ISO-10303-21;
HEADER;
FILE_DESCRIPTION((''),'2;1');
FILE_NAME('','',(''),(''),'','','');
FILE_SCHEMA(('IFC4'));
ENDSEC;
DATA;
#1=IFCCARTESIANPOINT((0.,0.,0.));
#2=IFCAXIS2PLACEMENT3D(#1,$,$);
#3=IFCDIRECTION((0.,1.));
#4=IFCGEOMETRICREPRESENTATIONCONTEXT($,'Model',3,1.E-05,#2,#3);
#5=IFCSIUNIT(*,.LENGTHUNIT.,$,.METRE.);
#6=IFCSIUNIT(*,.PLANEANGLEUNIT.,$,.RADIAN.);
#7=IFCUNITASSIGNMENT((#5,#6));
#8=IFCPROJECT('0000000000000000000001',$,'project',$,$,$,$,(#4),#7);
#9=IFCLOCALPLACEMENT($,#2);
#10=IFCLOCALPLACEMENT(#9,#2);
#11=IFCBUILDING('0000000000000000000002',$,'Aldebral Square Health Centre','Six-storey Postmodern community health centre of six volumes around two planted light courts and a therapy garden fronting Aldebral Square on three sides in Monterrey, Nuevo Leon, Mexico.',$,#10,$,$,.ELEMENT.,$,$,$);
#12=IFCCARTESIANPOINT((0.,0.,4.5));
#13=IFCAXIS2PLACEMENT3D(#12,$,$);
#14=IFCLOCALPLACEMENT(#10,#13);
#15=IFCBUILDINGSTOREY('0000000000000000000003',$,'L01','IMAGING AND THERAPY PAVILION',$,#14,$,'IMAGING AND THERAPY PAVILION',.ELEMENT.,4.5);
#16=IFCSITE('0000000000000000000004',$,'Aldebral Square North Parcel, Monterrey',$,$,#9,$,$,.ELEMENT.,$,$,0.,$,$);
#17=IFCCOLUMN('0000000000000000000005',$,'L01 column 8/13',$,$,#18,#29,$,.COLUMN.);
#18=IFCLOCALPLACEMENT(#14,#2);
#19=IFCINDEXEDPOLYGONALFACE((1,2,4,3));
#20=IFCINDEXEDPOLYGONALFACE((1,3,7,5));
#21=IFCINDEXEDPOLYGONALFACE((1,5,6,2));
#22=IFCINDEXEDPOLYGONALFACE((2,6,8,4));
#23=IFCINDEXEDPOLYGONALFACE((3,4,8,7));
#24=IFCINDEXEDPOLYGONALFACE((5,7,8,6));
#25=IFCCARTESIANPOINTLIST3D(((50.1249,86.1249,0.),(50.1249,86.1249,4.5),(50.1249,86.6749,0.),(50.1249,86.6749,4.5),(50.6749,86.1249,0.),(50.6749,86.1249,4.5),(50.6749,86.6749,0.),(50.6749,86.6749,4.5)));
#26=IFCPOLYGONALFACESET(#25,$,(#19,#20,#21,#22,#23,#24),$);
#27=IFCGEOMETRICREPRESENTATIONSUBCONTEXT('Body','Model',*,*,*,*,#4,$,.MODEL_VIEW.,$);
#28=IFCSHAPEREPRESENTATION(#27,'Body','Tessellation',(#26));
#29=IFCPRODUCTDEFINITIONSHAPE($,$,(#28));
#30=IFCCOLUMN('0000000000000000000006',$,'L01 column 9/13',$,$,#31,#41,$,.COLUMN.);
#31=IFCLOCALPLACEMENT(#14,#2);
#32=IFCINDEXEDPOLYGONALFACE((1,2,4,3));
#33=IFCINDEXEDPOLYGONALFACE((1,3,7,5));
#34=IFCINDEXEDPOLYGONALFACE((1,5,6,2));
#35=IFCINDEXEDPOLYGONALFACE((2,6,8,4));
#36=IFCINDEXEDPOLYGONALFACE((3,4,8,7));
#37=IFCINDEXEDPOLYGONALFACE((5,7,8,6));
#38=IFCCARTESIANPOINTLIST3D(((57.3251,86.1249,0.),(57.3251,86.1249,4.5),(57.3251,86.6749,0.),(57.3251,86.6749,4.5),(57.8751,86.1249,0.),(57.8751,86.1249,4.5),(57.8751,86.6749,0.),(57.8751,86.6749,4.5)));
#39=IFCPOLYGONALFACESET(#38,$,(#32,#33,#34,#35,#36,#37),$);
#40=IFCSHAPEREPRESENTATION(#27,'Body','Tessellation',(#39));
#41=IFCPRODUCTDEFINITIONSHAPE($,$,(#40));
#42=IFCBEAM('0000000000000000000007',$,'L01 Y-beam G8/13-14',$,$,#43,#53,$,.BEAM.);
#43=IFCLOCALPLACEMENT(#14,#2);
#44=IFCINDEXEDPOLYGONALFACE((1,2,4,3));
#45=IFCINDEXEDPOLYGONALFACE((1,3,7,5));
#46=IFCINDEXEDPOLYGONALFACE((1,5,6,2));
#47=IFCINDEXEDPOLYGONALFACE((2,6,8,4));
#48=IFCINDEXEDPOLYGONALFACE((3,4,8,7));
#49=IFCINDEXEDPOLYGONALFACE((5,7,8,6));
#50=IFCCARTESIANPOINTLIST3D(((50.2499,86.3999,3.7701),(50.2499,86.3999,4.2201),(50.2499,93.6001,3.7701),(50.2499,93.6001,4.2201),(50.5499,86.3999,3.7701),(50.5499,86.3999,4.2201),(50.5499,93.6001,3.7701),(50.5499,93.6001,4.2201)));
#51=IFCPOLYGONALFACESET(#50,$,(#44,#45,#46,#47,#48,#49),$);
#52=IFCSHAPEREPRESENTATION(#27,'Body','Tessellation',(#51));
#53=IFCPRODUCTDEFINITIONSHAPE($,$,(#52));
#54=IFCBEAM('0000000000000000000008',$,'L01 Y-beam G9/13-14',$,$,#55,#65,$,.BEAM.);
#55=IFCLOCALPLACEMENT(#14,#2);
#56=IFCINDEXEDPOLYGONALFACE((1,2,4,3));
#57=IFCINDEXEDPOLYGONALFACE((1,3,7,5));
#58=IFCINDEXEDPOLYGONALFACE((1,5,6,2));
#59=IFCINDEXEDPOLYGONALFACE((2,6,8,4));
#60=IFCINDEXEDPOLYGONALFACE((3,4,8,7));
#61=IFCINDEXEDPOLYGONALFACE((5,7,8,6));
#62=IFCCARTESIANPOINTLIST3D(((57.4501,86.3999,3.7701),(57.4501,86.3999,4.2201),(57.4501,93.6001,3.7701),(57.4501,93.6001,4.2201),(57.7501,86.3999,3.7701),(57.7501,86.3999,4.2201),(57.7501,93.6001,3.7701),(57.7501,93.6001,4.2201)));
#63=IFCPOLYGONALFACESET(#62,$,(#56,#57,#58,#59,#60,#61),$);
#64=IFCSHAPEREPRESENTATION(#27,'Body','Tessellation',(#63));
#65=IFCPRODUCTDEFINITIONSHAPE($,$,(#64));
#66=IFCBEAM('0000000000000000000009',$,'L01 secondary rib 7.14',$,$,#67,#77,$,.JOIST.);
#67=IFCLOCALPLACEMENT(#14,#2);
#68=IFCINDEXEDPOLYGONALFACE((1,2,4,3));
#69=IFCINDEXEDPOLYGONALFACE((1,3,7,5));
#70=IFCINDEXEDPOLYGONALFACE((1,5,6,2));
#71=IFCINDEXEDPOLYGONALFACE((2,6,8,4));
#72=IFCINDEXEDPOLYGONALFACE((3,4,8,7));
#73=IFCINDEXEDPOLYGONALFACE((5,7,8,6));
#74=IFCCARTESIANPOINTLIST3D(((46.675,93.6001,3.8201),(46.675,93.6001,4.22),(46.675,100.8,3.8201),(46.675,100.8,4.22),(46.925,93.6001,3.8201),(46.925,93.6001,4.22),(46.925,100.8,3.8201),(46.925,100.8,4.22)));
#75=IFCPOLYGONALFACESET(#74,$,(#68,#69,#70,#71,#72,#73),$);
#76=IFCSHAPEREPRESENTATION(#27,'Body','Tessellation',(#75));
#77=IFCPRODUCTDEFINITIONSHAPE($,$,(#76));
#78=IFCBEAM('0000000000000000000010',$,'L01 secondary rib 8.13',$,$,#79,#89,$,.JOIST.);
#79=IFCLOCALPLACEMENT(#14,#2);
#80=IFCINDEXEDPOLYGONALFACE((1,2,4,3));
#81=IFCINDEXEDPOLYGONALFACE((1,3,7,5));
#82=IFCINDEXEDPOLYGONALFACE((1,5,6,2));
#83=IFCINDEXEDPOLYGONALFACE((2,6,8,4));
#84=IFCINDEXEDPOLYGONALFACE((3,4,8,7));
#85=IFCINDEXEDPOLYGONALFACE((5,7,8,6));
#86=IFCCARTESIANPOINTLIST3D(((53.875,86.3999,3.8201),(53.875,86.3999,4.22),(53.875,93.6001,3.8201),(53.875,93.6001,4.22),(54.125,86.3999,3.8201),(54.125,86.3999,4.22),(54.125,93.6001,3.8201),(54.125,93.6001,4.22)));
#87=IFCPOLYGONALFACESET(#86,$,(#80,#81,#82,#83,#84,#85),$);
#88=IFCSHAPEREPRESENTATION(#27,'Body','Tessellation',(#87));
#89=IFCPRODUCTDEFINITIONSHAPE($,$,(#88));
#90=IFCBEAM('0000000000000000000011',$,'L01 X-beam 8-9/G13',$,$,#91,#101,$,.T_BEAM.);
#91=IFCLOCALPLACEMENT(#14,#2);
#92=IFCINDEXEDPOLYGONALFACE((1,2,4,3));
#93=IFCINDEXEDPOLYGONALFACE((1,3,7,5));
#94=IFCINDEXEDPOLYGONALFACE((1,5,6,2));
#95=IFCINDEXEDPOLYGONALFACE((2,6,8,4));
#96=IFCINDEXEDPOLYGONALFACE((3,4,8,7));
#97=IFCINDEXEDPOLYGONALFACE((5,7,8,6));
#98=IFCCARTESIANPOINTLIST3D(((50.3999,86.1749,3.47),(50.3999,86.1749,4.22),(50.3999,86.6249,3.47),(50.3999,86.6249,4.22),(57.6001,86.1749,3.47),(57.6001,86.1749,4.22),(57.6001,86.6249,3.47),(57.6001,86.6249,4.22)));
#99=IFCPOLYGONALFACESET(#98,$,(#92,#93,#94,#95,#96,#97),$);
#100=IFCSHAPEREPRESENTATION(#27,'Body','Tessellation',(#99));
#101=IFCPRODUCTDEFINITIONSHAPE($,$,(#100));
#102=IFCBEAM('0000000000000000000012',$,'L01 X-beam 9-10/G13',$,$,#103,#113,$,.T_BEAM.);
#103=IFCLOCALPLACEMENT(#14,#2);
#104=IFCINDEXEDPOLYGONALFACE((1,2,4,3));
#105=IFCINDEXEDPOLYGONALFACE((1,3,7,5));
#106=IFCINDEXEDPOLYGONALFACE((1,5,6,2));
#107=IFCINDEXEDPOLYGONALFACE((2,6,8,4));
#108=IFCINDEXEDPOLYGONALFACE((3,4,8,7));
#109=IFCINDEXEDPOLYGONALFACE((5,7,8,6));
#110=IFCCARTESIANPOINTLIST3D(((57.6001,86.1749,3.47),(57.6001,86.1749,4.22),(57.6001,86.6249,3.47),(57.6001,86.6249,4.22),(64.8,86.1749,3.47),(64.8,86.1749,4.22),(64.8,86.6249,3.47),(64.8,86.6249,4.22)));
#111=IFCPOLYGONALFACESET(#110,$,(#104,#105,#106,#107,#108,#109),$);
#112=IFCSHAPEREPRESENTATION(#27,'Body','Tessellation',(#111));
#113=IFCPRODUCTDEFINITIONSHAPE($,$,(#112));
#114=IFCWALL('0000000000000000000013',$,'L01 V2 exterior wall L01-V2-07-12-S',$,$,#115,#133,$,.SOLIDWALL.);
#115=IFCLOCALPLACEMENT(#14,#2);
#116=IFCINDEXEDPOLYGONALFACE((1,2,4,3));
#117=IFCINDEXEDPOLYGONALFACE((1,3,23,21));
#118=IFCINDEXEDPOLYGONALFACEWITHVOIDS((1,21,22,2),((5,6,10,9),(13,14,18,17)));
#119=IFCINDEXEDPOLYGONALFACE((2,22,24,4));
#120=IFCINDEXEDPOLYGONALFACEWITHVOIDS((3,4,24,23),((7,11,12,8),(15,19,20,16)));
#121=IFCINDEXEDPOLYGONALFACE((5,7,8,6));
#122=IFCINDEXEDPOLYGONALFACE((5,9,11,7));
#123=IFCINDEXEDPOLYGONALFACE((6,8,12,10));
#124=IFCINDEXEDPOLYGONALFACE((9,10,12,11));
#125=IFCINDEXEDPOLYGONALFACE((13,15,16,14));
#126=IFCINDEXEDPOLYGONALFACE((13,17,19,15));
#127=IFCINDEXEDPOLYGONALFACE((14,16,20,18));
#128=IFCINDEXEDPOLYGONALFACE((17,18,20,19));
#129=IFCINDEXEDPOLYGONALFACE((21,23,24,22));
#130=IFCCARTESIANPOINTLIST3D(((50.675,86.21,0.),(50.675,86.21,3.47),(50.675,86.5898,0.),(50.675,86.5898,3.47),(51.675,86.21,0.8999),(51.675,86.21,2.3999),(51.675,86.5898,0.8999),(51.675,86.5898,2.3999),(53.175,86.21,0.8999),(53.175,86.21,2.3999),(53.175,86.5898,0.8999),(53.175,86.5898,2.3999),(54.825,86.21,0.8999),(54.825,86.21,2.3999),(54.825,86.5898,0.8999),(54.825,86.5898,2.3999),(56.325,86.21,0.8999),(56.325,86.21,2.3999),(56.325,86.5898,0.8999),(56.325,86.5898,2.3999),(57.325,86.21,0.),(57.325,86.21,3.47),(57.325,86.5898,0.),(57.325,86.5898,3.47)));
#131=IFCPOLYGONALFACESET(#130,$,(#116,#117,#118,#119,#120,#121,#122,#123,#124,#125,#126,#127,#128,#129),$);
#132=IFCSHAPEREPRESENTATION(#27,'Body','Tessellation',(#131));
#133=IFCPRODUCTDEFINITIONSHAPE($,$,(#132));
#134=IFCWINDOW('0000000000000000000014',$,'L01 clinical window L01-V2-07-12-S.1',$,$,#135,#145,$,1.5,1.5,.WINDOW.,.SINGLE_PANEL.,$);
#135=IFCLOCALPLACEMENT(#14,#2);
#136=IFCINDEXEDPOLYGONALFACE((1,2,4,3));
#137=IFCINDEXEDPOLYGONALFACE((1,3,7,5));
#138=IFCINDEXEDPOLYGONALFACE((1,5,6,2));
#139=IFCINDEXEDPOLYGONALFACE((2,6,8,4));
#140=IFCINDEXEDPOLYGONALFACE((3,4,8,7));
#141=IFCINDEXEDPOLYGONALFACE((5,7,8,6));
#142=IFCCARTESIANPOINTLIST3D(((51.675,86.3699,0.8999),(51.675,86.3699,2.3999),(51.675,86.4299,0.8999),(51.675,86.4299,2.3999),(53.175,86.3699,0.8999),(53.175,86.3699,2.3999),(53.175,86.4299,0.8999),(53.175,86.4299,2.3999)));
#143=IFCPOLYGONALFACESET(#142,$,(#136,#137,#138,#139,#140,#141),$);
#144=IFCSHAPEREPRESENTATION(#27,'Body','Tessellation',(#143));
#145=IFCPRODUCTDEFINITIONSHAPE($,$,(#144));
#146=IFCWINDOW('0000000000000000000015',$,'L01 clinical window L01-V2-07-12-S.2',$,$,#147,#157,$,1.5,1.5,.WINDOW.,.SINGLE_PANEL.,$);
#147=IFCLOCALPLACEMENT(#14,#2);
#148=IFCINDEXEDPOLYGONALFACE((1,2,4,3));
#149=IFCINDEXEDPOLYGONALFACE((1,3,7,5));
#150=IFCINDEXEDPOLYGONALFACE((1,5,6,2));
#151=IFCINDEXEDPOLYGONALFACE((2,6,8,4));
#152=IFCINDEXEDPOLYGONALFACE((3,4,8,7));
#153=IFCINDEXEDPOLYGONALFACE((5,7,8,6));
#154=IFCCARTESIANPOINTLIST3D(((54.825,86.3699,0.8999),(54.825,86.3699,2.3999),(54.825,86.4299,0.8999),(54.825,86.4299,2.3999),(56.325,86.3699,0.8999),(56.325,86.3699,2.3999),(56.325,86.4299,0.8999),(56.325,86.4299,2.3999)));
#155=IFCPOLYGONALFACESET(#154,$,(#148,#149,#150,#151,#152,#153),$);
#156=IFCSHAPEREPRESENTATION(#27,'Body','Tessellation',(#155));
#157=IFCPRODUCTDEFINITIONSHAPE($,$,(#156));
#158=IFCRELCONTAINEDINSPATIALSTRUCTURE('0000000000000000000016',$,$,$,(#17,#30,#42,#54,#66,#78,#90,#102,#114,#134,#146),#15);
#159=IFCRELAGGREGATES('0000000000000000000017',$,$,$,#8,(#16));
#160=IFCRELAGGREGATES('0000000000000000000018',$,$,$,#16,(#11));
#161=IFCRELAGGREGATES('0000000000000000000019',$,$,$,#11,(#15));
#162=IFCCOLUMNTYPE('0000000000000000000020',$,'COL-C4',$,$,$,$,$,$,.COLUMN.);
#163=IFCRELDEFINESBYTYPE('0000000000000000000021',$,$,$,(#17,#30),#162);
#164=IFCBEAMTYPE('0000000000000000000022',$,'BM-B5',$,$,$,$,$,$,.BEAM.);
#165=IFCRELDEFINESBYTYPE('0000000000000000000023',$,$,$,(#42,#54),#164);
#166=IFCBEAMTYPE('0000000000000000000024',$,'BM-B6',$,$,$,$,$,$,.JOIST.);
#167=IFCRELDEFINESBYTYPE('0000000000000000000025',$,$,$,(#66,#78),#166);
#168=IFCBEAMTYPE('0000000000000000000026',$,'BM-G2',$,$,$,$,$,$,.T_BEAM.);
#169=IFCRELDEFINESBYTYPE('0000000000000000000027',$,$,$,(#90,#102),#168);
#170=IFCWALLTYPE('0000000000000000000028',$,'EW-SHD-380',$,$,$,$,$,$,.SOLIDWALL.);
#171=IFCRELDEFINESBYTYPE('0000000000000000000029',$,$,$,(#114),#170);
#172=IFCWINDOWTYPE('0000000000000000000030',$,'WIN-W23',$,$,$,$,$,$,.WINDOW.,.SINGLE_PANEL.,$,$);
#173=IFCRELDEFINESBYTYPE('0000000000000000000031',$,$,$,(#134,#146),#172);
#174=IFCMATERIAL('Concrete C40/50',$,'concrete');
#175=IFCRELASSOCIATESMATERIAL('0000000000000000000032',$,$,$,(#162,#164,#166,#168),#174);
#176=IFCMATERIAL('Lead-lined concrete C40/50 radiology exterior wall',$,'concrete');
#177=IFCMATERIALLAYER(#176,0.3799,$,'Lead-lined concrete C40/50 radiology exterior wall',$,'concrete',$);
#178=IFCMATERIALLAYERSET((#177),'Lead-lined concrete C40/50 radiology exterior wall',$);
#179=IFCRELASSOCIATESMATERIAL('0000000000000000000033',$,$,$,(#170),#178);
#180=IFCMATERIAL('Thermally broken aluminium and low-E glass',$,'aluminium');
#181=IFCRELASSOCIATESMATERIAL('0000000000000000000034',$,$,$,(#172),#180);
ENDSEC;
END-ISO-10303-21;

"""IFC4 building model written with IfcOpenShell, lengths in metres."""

from ifc_helpers import new_model, si_unit, direction, frame, frame_2d, origin, origin_2d, place, context, subcontext, project, spatial, rectangle, extrude, material, layer, layer_set, material_profile, profile_set, type_object, element, fill, save


model = new_model("IFC4")

# Units and contexts
model_context = context("Model", 3, precision=1e-05, world=origin(), true_north=direction((0.0, 1.0)))
body_context = subcontext(model_context, "Body", "Model", "MODEL_VIEW")
ifc_project = project(units=[si_unit("LENGTHUNIT", "METRE"), si_unit("PLANEANGLEUNIT", "RADIAN")], contexts=[model_context])

# Site, building, storey
site_placement = place(None, origin())
site = spatial("IfcSite", under=ifc_project, at=site_placement, Name="Aldebral Square North Parcel, Monterrey", CompositionType="ELEMENT", RefElevation=0.0)
building_placement = place(site_placement, origin())
building = spatial("IfcBuilding", under=site, at=building_placement, Name="Aldebral Square Health Centre", Description="Six-storey Postmodern community health centre of six volumes around two planted light courts and a therapy garden fronting Aldebral Square on three sides in Monterrey, Nuevo Leon, Mexico.", CompositionType="ELEMENT")
storey_placement = place(building_placement, frame((0.0, 0.0, 4.5)))
storey = spatial("IfcBuildingStorey", under=building, at=storey_placement, Name="L01", Description="IMAGING AND THERAPY PAVILION", LongName="IMAGING AND THERAPY PAVILION", CompositionType="ELEMENT", Elevation=4.5)

# Columns
ifc_material_1 = material(Name="Concrete C40/50", Category="concrete")
ifc_material_profile_1 = material_profile(ifc_material_1, rectangle(XDim=0.55, YDim=0.55, at=origin_2d()), Name="RC 550x550")
ifc_profile_set_1 = profile_set([ifc_material_profile_1], Name="Concrete C40/50")
column_type = type_object("IfcColumnType", Name="COL-C4", PredefinedType="COLUMN", material=ifc_profile_set_1)
for number, where, z_axis, x_axis, name in (
    (1, (50.3999, 86.3999, 0.0), (0.0, 0.0, 1.0), (1.0, 0.0, 0.0), "L01 column 8/13"),
    (2, (57.6001, 86.3999, 0.0), (0.0, 0.0, 1.0), (1.0, 0.0, 0.0), "L01 column 9/13"),
):
    element("IfcColumn", number, at=place(storey_placement, frame(where, z_axis=z_axis, x_axis=x_axis)), inside=storey, type_object=column_type, Name=name, PredefinedType="COLUMN", context=body_context, shape_type="SweptSolid", body=[
        extrude(rectangle(XDim=0.55, YDim=0.55, at=origin_2d()), origin(), (0.0, 0.0, 1.0), 4.5),
    ])

# Beams
ifc_material_profile_2 = material_profile(ifc_material_1, rectangle(XDim=0.3, YDim=0.45, at=origin_2d()), Name="RC 300x450")
ifc_profile_set_2 = profile_set([ifc_material_profile_2], Name="Concrete C40/50")
beam_type_1 = type_object("IfcBeamType", Name="BM-B5", PredefinedType="BEAM", material=ifc_profile_set_2)
for number, where, z_axis, x_axis, name in (
    (3, (50.3999, 86.3999, 3.9951), (0.0, 1.0, 0.0), (-1.0, 0.0, 0.0), "L01 Y-beam G8/13-14"),
    (4, (57.6001, 86.3999, 3.9951), (0.0, 1.0, 0.0), (-1.0, 0.0, 0.0), "L01 Y-beam G9/13-14"),
):
    element("IfcBeam", number, at=place(storey_placement, frame(where, z_axis=z_axis, x_axis=x_axis)), inside=storey, type_object=beam_type_1, Name=name, PredefinedType="BEAM", context=body_context, shape_type="SweptSolid", body=[
        extrude(rectangle(XDim=0.3, YDim=0.45, at=origin_2d()), origin(), (0.0, 0.0, 1.0), 7.2002),
    ])
ifc_material_profile_3 = material_profile(ifc_material_1, rectangle(XDim=0.25, YDim=0.3999, at=origin_2d()), Name="RC 250x400")
ifc_profile_set_3 = profile_set([ifc_material_profile_3], Name="Concrete C40/50")
beam_type_2 = type_object("IfcBeamType", Name="BM-B6", PredefinedType="JOIST", material=ifc_profile_set_3)
beam_1_placement = place(storey_placement, frame((46.8, 93.6001, 4.02), z_axis=(0.0, 1.0, 0.0), x_axis=(-1.0, 0.0, 0.0)))
element("IfcBeam", 5, at=beam_1_placement, inside=storey, type_object=beam_type_2, Name="L01 secondary rib 7.14", PredefinedType="JOIST", context=body_context, shape_type="SweptSolid", body=[
    extrude(rectangle(XDim=0.25, YDim=0.3999, at=origin_2d()), origin(), (0.0, 0.0, 1.0), 7.2),
])
beam_2_placement = place(storey_placement, frame((54.0, 86.3999, 4.02), z_axis=(0.0, 1.0, 0.0), x_axis=(-1.0, 0.0, 0.0)))
element("IfcBeam", 6, at=beam_2_placement, inside=storey, type_object=beam_type_2, Name="L01 secondary rib 8.13", PredefinedType="JOIST", context=body_context, shape_type="SweptSolid", body=[
    extrude(rectangle(XDim=0.25, YDim=0.3999, at=origin_2d()), origin(), (0.0, 0.0, 1.0), 7.2002),
])
ifc_material_profile_4 = material_profile(ifc_material_1, rectangle(XDim=0.45, YDim=0.75, at=origin_2d()), Name="RC 450x750")
ifc_profile_set_4 = profile_set([ifc_material_profile_4], Name="Concrete C40/50")
beam_type_3 = type_object("IfcBeamType", Name="BM-G2", PredefinedType="T_BEAM", material=ifc_profile_set_4)
beam_3_placement = place(storey_placement, frame((50.3999, 86.3999, 3.845), z_axis=(1.0, 0.0, 0.0), x_axis=(0.0, 1.0, 0.0)))
element("IfcBeam", 7, at=beam_3_placement, inside=storey, type_object=beam_type_3, Name="L01 X-beam 8-9/G13", PredefinedType="T_BEAM", context=body_context, shape_type="SweptSolid", body=[
    extrude(rectangle(XDim=0.45, YDim=0.75, at=origin_2d()), origin(), (0.0, 0.0, 1.0), 7.2002),
])
beam_4_placement = place(storey_placement, frame((57.6001, 86.3999, 3.845), z_axis=(1.0, 0.0, 0.0), x_axis=(0.0, 1.0, 0.0)))
element("IfcBeam", 8, at=beam_4_placement, inside=storey, type_object=beam_type_3, Name="L01 X-beam 9-10/G13", PredefinedType="T_BEAM", context=body_context, shape_type="SweptSolid", body=[
    extrude(rectangle(XDim=0.45, YDim=0.75, at=origin_2d()), origin(), (0.0, 0.0, 1.0), 7.2),
])

# Wall, openings, windows
ifc_material_2 = material(Name="Lead-lined concrete C40/50 radiology exterior wall", Category="concrete")
ifc_layer_1 = layer(ifc_material_2, 0.3799, Name="Lead-lined concrete C40/50 radiology exterior wall", Category="concrete")
ifc_layer_set_1 = layer_set([ifc_layer_1], Name="Lead-lined concrete C40/50 radiology exterior wall")
wall_type_1 = type_object("IfcWallType", Name="EW-SHD-380", PredefinedType="SOLIDWALL", material=ifc_layer_set_1)
wall_1_placement = place(storey_placement, frame((50.675, 86.3999, 0.0), z_axis=(0.0, 0.0, 1.0), x_axis=(1.0, 0.0, 0.0)))
wall_1 = element("IfcWall", 9, at=wall_1_placement, inside=storey, type_object=wall_type_1, Name="L01 V2 exterior wall L01-V2-07-12-S", PredefinedType="SOLIDWALL", context=body_context, shape_type="SweptSolid", body=[
    extrude(rectangle(XDim=6.6499, YDim=0.3799, at=frame_2d((3.325, 0.0))), origin(), (0.0, 0.0, 1.0), 3.47),
])
opening_1_placement = place(wall_1_placement, frame((1.0, 0.0, 0.8999)))
opening_1 = element("IfcOpeningElement", 10, at=opening_1_placement, cuts=wall_1, PredefinedType="OPENING", context=body_context, shape_type="SweptSolid", body=[
    extrude(rectangle(XDim=1.5, YDim=1.5, at=frame_2d((0.75, 0.75))), frame((0.0, 0.2, 0.0), z_axis=(0.0, -1.0, 0.0), x_axis=(1.0, 0.0, 0.0)), (0.0, 0.0, 1.0), 0.3999),
])
opening_2_placement = place(wall_1_placement, frame((4.1499, 0.0, 0.8999)))
opening_2 = element("IfcOpeningElement", 11, at=opening_2_placement, cuts=wall_1, PredefinedType="OPENING", context=body_context, shape_type="SweptSolid", body=[
    extrude(rectangle(XDim=1.5, YDim=1.5, at=frame_2d((0.75, 0.75))), frame((0.0, 0.2, 0.0), z_axis=(0.0, -1.0, 0.0), x_axis=(1.0, 0.0, 0.0)), (0.0, 0.0, 1.0), 0.3999),
])
ifc_material_3 = material(Name="Thermally broken aluminium and low-E glass", Category="aluminium")
window_type_1 = type_object("IfcWindowType", Name="WIN-W23", PartitioningType="SINGLE_PANEL", PredefinedType="WINDOW", material=ifc_material_3)
window_1_placement = place(opening_1_placement, origin())
window_1 = element("IfcWindow", 12, at=window_1_placement, inside=storey, type_object=window_type_1, Name="L01 clinical window L01-V2-07-12-S.1", OverallHeight=1.5, OverallWidth=1.5, PartitioningType="SINGLE_PANEL", PredefinedType="WINDOW", context=body_context, shape_type="SweptSolid", body=[
    extrude(rectangle(XDim=1.5, YDim=1.5, at=frame_2d((0.75, 0.75))), frame((0.0, 0.03, 0.0), z_axis=(0.0, -1.0, 0.0), x_axis=(1.0, 0.0, 0.0)), (0.0, 0.0, 1.0), 0.0601),
])
fill(opening_1, window_1)
window_2_placement = place(opening_2_placement, origin())
window_2 = element("IfcWindow", 13, at=window_2_placement, inside=storey, type_object=window_type_1, Name="L01 clinical window L01-V2-07-12-S.2", OverallHeight=1.5, OverallWidth=1.5, PartitioningType="SINGLE_PANEL", PredefinedType="WINDOW", context=body_context, shape_type="SweptSolid", body=[
    extrude(rectangle(XDim=1.5, YDim=1.5, at=frame_2d((0.75, 0.75))), frame((0.0, 0.03, 0.0), z_axis=(0.0, -1.0, 0.0), x_axis=(1.0, 0.0, 0.0)), (0.0, 0.0, 1.0), 0.0601),
])
fill(opening_2, window_2)

save(model, "model.ifc")
